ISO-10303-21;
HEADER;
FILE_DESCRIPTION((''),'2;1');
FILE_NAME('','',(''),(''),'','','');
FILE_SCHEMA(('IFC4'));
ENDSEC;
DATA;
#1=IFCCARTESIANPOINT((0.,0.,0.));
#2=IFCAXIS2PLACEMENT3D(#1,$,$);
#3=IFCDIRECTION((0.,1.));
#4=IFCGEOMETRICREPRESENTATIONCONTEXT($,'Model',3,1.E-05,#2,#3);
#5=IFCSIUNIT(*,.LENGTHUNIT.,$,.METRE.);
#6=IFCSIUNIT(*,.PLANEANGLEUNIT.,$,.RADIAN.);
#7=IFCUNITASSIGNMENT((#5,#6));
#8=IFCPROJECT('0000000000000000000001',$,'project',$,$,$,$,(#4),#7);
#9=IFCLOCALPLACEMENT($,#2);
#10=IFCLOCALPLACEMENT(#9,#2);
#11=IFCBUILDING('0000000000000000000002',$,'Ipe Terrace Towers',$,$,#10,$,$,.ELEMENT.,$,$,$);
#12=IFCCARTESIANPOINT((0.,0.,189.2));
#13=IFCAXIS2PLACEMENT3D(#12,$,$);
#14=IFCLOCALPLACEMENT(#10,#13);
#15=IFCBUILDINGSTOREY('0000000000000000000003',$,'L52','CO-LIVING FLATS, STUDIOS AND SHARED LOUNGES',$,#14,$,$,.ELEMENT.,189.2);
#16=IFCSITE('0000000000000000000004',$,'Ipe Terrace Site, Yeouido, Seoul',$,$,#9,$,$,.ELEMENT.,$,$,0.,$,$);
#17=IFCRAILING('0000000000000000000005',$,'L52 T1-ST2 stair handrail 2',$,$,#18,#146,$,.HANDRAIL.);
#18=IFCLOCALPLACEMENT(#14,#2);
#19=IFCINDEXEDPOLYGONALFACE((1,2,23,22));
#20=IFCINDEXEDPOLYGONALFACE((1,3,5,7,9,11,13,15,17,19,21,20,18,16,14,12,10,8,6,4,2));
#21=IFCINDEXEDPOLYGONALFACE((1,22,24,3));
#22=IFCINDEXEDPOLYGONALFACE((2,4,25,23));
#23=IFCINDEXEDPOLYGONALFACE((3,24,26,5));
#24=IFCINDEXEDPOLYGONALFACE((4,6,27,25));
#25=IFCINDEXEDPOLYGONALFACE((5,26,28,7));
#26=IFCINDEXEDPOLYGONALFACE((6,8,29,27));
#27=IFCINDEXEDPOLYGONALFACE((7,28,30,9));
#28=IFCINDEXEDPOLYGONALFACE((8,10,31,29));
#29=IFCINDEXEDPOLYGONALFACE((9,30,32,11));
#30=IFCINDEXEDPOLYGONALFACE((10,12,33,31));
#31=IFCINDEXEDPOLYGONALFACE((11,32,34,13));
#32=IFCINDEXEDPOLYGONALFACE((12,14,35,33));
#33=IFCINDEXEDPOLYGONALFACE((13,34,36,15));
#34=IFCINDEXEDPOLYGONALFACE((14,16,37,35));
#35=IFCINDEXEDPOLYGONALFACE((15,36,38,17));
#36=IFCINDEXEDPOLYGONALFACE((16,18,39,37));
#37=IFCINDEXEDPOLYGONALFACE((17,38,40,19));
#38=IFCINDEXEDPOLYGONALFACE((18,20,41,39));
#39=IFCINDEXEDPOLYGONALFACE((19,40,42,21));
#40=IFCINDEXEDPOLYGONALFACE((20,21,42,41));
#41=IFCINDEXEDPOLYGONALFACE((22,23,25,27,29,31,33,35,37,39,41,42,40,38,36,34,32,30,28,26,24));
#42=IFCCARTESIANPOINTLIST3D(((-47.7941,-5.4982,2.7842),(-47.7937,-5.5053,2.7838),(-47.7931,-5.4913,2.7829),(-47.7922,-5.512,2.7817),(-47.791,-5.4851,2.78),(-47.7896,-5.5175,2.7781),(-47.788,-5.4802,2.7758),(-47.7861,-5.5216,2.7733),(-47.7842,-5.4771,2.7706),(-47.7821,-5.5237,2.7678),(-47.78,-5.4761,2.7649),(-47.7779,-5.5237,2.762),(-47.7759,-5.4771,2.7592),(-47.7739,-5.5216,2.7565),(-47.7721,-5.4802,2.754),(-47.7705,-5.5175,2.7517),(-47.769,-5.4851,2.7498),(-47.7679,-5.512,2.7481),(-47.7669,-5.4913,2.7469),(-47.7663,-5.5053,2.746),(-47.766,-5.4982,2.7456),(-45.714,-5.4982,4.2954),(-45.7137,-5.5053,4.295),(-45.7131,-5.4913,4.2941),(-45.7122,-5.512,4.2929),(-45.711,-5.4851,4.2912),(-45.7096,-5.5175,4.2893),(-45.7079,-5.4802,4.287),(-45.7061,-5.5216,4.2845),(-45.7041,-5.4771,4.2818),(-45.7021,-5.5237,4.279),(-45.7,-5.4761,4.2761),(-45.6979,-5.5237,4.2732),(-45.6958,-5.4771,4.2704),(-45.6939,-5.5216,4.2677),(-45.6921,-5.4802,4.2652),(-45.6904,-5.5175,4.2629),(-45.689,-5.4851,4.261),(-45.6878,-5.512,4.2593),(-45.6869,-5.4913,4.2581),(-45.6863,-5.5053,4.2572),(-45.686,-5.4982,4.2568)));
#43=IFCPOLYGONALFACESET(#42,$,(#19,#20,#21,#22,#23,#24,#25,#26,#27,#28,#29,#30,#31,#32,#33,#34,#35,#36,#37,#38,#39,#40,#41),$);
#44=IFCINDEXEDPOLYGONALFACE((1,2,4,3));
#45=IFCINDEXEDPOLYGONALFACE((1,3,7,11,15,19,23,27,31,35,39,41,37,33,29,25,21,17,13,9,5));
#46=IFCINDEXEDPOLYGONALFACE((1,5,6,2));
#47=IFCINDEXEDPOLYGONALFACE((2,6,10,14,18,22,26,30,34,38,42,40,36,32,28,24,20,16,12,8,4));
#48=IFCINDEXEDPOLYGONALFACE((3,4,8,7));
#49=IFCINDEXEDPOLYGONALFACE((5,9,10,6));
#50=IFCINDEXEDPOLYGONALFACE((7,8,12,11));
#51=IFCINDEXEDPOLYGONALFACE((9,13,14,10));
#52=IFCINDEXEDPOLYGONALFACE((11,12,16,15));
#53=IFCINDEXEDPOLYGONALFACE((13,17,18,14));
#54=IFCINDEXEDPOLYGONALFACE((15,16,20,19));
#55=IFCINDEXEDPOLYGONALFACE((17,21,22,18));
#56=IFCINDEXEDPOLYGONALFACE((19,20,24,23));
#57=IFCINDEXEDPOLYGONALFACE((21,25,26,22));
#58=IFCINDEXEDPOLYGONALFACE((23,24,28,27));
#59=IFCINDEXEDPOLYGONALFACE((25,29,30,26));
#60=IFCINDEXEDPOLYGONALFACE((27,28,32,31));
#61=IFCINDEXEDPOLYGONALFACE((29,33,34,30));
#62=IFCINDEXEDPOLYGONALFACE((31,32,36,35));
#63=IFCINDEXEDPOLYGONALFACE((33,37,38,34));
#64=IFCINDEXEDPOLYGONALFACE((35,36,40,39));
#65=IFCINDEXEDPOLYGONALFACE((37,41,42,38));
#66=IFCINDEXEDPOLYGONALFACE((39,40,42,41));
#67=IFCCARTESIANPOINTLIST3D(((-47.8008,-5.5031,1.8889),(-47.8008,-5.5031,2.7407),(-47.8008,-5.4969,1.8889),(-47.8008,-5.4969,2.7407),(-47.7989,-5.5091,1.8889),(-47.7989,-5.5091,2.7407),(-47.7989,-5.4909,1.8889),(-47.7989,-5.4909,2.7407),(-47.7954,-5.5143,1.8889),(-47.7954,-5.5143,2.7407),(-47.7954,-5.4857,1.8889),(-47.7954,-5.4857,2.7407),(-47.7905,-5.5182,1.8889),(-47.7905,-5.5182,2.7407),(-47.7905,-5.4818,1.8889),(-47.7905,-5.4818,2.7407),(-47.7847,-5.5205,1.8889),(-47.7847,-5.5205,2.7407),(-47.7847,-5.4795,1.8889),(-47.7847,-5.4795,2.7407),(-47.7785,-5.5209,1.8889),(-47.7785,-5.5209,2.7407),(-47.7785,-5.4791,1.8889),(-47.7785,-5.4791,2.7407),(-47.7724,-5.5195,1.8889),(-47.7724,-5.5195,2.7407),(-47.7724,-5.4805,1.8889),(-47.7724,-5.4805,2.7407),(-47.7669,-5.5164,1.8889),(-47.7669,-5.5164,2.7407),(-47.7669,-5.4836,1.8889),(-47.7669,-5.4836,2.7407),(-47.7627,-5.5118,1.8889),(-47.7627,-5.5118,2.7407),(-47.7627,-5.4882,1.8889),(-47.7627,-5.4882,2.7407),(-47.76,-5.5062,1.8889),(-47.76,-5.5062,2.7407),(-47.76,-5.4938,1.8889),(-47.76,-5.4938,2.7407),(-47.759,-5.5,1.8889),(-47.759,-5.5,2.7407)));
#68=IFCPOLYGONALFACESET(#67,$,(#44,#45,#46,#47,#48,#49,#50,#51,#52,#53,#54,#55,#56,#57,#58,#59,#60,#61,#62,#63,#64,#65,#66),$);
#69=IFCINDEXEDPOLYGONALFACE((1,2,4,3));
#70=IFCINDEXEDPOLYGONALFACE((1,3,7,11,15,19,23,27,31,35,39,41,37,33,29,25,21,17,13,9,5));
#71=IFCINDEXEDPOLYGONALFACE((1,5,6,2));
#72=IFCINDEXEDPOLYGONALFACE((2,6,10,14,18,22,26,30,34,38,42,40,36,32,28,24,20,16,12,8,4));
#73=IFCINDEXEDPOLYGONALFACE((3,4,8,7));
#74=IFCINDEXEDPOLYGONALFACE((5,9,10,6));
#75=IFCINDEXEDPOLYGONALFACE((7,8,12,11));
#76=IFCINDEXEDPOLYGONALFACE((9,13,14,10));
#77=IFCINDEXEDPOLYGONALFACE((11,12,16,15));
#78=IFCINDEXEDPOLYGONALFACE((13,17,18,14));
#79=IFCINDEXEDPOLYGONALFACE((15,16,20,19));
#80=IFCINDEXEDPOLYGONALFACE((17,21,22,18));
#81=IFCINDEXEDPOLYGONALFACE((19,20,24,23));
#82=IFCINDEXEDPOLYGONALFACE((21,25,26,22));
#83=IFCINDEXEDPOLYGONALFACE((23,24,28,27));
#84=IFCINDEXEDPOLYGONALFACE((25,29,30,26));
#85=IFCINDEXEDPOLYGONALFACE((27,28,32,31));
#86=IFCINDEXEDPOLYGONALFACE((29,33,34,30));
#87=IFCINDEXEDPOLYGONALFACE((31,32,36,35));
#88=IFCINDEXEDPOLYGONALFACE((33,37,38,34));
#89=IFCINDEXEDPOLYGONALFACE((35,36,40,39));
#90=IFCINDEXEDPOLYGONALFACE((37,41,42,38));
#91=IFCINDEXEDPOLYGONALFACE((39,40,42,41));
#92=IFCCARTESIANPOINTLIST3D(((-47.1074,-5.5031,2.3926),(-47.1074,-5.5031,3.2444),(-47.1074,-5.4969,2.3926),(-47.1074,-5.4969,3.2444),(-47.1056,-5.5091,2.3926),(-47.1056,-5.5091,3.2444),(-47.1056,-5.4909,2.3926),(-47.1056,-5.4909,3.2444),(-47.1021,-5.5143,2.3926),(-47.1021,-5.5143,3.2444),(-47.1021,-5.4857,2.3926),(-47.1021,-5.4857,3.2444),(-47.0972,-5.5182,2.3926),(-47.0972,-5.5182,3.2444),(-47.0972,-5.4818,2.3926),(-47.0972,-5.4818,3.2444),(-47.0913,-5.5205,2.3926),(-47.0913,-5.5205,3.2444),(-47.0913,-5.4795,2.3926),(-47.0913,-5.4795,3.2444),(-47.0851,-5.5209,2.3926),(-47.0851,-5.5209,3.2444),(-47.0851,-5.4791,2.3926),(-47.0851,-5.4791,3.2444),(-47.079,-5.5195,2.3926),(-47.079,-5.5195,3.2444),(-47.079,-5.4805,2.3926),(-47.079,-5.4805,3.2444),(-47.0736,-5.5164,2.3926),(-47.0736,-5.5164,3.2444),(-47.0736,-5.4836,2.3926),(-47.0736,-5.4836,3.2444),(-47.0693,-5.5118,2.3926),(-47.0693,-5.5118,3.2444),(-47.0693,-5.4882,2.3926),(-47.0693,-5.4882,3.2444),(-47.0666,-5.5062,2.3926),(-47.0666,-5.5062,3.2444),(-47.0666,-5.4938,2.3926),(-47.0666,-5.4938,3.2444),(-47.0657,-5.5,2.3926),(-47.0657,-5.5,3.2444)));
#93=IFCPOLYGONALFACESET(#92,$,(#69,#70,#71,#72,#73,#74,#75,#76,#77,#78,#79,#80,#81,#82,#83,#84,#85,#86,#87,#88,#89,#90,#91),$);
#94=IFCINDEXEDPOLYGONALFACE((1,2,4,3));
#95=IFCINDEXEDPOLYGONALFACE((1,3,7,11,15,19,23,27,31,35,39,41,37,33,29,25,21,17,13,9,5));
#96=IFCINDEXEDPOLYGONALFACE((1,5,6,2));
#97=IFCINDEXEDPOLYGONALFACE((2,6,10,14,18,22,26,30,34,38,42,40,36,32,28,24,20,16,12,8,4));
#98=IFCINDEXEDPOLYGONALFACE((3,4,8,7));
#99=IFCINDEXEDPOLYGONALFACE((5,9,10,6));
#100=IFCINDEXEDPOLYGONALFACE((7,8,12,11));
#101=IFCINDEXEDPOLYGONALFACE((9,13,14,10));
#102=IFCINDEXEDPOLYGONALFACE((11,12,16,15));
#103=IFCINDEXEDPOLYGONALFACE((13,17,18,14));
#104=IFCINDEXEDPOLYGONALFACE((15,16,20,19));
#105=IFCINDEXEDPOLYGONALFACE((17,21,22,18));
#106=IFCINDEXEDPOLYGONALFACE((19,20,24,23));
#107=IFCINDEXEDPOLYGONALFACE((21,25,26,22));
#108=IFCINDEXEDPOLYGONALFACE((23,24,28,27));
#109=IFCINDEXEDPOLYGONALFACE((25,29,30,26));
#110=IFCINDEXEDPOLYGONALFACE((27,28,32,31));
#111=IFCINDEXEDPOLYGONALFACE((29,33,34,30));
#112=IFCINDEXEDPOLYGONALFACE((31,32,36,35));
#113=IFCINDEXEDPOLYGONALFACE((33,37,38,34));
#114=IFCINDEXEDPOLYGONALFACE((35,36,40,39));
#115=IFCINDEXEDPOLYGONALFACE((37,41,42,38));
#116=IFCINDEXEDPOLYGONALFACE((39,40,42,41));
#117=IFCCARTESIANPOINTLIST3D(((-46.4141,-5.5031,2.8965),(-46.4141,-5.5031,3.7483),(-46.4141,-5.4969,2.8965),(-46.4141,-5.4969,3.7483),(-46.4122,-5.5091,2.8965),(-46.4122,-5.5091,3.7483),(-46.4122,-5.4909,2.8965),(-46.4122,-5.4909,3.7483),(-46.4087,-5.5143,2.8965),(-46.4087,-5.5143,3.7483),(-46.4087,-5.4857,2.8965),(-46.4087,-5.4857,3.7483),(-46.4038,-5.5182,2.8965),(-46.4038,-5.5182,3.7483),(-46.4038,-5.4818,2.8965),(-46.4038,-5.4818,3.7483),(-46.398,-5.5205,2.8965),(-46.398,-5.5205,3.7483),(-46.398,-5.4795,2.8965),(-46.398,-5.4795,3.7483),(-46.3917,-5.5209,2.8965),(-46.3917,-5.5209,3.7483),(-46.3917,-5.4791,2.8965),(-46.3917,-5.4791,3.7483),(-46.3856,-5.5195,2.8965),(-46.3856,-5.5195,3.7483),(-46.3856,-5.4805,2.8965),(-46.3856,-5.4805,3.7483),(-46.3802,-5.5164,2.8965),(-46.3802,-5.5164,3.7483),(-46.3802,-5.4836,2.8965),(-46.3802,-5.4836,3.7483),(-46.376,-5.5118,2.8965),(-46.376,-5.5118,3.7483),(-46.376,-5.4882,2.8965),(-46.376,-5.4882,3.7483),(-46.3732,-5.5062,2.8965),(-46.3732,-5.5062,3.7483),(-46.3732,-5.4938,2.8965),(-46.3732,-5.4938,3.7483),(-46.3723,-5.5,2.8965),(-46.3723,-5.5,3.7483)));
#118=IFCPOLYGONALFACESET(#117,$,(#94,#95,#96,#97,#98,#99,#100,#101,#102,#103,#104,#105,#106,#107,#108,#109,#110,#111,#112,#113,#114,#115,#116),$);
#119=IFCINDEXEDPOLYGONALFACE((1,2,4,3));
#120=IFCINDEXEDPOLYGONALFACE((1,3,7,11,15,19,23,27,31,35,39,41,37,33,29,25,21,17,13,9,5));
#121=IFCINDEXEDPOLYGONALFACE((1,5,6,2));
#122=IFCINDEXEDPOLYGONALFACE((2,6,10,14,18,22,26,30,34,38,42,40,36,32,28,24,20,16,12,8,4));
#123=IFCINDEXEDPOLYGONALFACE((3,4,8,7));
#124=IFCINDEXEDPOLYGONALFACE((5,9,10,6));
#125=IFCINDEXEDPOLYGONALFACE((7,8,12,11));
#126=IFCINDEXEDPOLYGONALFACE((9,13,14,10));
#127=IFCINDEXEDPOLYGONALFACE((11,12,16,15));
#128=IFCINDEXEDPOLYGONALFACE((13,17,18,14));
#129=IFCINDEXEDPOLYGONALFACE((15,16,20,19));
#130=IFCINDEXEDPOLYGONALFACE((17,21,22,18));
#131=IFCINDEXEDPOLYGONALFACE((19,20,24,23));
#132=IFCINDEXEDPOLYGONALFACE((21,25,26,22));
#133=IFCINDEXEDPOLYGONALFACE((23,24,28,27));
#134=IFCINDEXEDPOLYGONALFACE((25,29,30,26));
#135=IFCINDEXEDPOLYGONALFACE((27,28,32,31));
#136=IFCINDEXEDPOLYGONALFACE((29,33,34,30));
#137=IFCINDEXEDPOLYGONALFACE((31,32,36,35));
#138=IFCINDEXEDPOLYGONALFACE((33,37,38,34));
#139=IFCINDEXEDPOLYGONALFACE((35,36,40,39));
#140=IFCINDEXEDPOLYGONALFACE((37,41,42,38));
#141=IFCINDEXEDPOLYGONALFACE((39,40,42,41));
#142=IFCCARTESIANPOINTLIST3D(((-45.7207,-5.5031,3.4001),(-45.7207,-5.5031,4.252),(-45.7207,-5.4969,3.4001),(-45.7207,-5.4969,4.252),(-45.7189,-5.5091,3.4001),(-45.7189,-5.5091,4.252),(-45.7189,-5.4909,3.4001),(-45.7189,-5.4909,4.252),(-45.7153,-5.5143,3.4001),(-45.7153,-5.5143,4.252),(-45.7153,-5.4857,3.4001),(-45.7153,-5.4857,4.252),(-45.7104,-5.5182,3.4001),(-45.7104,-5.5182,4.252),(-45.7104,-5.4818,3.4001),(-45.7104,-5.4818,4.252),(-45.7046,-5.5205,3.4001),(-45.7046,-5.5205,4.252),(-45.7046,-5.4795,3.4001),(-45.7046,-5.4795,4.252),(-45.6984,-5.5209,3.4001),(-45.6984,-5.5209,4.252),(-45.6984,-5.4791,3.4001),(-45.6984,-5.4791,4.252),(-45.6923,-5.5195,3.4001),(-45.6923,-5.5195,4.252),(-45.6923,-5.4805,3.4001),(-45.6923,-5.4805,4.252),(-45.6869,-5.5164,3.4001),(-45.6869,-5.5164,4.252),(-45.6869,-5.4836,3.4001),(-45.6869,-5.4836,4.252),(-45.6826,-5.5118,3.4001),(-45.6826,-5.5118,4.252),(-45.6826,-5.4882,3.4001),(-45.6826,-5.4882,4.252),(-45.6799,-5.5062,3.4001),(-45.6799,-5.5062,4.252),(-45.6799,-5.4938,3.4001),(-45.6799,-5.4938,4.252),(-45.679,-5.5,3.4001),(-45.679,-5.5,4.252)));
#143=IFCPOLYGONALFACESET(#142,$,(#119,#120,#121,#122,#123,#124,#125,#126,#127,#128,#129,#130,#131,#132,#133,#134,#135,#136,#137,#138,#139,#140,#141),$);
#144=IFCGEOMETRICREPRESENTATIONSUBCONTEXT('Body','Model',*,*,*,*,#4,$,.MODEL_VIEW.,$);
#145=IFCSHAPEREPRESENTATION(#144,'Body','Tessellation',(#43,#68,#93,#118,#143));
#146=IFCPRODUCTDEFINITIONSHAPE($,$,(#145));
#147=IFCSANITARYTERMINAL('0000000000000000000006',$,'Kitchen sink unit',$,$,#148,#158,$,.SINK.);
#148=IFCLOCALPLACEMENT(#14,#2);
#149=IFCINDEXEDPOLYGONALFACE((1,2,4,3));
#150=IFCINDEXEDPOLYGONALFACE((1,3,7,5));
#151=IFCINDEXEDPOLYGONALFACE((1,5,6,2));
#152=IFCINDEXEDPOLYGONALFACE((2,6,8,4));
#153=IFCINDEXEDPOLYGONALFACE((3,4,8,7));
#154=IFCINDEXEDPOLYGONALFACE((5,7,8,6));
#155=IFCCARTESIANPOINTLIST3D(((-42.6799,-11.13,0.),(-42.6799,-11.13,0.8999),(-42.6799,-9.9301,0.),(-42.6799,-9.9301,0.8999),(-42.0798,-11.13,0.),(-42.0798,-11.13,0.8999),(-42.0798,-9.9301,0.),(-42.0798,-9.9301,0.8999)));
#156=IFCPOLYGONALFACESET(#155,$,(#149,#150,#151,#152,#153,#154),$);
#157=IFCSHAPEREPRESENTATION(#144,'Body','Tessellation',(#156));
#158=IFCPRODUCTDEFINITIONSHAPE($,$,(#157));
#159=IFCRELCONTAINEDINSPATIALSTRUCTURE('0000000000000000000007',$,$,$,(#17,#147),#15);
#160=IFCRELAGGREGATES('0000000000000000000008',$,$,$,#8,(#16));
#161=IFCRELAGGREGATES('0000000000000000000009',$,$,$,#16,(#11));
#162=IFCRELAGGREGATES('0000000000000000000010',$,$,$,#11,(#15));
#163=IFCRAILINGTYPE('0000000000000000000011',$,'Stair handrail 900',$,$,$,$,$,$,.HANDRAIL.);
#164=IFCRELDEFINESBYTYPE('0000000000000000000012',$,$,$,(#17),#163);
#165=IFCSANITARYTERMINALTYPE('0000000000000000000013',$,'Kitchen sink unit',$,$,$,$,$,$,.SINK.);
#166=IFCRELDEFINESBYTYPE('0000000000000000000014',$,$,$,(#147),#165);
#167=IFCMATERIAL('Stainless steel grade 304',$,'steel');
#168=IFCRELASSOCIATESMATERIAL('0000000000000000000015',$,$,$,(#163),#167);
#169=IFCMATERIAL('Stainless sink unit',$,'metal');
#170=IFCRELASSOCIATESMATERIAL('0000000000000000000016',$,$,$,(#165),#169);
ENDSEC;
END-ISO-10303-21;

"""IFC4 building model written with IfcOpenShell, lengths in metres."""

from ifc_helpers import new_model, si_unit, direction, frame, origin, origin_2d, place, context, subcontext, project, spatial, rectangle, circle, extrude, material, type_object, element, save


model = new_model("IFC4")

# Units and contexts
model_context = context("Model", 3, precision=1e-05, world=origin(), true_north=direction((0.0, 1.0)))
body_context = subcontext(model_context, "Body", "Model", "MODEL_VIEW")
ifc_project = project(units=[si_unit("LENGTHUNIT", "METRE"), si_unit("PLANEANGLEUNIT", "RADIAN")], contexts=[model_context])

# Site, building, storey
site_placement = place(None, origin())
site = spatial("IfcSite", under=ifc_project, at=site_placement, Name="Ipe Terrace Site, Yeouido, Seoul", CompositionType="ELEMENT", RefElevation=0.0)
building_placement = place(site_placement, origin())
building = spatial("IfcBuilding", under=site, at=building_placement, Name="Ipe Terrace Towers", CompositionType="ELEMENT")
storey_placement = place(building_placement, frame((0.0, 0.0, 189.2)))
storey = spatial("IfcBuildingStorey", under=building, at=storey_placement, Name="L52", Description="CO-LIVING FLATS, STUDIOS AND SHARED LOUNGES", CompositionType="ELEMENT", Elevation=189.2)

# Railing
ifc_material_1 = material(Name="Stainless steel grade 304", Category="steel")
railing_type_1 = type_object("IfcRailingType", Name="Stair handrail 900", PredefinedType="HANDRAIL", material=ifc_material_1)
railing_1_placement = place(storey_placement, frame((-47.78, -5.5, 1.8889)))
element("IfcRailing", 1, at=railing_1_placement, inside=storey, type_object=railing_type_1, Name="L52 T1-ST2 stair handrail 2", PredefinedType="HANDRAIL", context=body_context, shape_type="SweptSolid", body=[
    extrude(circle(Radius=0.0239, at=origin_2d()), frame((0.0, 0.0, 0.876), z_axis=(0.809023, 0.0, 0.587776), x_axis=(0.0, 1.0, 0.0)), (0.0, 0.0, 1.0), 2.571),
    extrude(circle(Radius=0.021, at=origin_2d()), origin(), (0.0, 0.0, 1.0), 0.8518),
    extrude(circle(Radius=0.021, at=origin_2d()), frame((0.6934, 0.0, 0.5037)), (0.0, 0.0, 1.0), 0.8518),
    extrude(circle(Radius=0.021, at=origin_2d()), frame((1.3867, 0.0, 1.0076)), (0.0, 0.0, 1.0), 0.8518),
    extrude(circle(Radius=0.021, at=origin_2d()), frame((2.0801, 0.0, 1.5112)), (0.0, 0.0, 1.0), 0.8518),
])

# Sanitary terminal
ifc_material_2 = material(Name="Stainless sink unit", Category="metal")
sanitary_terminal_type = type_object("IfcSanitaryTerminalType", Name="Kitchen sink unit", PredefinedType="SINK", material=ifc_material_2)
sanitary_terminal_placement = place(storey_placement, frame((-42.3799, -10.53, 0.0), z_axis=(0.0, 0.0, 1.0), x_axis=(0.0, 1.0, 0.0)))
element("IfcSanitaryTerminal", 2, at=sanitary_terminal_placement, inside=storey, type_object=sanitary_terminal_type, Name="Kitchen sink unit", PredefinedType="SINK", context=body_context, shape_type="SweptSolid", body=[
    extrude(rectangle(XDim=1.2, YDim=0.6001, at=origin_2d()), origin(), (0.0, 0.0, 1.0), 0.8999),
])

save(model, "model.ifc")
